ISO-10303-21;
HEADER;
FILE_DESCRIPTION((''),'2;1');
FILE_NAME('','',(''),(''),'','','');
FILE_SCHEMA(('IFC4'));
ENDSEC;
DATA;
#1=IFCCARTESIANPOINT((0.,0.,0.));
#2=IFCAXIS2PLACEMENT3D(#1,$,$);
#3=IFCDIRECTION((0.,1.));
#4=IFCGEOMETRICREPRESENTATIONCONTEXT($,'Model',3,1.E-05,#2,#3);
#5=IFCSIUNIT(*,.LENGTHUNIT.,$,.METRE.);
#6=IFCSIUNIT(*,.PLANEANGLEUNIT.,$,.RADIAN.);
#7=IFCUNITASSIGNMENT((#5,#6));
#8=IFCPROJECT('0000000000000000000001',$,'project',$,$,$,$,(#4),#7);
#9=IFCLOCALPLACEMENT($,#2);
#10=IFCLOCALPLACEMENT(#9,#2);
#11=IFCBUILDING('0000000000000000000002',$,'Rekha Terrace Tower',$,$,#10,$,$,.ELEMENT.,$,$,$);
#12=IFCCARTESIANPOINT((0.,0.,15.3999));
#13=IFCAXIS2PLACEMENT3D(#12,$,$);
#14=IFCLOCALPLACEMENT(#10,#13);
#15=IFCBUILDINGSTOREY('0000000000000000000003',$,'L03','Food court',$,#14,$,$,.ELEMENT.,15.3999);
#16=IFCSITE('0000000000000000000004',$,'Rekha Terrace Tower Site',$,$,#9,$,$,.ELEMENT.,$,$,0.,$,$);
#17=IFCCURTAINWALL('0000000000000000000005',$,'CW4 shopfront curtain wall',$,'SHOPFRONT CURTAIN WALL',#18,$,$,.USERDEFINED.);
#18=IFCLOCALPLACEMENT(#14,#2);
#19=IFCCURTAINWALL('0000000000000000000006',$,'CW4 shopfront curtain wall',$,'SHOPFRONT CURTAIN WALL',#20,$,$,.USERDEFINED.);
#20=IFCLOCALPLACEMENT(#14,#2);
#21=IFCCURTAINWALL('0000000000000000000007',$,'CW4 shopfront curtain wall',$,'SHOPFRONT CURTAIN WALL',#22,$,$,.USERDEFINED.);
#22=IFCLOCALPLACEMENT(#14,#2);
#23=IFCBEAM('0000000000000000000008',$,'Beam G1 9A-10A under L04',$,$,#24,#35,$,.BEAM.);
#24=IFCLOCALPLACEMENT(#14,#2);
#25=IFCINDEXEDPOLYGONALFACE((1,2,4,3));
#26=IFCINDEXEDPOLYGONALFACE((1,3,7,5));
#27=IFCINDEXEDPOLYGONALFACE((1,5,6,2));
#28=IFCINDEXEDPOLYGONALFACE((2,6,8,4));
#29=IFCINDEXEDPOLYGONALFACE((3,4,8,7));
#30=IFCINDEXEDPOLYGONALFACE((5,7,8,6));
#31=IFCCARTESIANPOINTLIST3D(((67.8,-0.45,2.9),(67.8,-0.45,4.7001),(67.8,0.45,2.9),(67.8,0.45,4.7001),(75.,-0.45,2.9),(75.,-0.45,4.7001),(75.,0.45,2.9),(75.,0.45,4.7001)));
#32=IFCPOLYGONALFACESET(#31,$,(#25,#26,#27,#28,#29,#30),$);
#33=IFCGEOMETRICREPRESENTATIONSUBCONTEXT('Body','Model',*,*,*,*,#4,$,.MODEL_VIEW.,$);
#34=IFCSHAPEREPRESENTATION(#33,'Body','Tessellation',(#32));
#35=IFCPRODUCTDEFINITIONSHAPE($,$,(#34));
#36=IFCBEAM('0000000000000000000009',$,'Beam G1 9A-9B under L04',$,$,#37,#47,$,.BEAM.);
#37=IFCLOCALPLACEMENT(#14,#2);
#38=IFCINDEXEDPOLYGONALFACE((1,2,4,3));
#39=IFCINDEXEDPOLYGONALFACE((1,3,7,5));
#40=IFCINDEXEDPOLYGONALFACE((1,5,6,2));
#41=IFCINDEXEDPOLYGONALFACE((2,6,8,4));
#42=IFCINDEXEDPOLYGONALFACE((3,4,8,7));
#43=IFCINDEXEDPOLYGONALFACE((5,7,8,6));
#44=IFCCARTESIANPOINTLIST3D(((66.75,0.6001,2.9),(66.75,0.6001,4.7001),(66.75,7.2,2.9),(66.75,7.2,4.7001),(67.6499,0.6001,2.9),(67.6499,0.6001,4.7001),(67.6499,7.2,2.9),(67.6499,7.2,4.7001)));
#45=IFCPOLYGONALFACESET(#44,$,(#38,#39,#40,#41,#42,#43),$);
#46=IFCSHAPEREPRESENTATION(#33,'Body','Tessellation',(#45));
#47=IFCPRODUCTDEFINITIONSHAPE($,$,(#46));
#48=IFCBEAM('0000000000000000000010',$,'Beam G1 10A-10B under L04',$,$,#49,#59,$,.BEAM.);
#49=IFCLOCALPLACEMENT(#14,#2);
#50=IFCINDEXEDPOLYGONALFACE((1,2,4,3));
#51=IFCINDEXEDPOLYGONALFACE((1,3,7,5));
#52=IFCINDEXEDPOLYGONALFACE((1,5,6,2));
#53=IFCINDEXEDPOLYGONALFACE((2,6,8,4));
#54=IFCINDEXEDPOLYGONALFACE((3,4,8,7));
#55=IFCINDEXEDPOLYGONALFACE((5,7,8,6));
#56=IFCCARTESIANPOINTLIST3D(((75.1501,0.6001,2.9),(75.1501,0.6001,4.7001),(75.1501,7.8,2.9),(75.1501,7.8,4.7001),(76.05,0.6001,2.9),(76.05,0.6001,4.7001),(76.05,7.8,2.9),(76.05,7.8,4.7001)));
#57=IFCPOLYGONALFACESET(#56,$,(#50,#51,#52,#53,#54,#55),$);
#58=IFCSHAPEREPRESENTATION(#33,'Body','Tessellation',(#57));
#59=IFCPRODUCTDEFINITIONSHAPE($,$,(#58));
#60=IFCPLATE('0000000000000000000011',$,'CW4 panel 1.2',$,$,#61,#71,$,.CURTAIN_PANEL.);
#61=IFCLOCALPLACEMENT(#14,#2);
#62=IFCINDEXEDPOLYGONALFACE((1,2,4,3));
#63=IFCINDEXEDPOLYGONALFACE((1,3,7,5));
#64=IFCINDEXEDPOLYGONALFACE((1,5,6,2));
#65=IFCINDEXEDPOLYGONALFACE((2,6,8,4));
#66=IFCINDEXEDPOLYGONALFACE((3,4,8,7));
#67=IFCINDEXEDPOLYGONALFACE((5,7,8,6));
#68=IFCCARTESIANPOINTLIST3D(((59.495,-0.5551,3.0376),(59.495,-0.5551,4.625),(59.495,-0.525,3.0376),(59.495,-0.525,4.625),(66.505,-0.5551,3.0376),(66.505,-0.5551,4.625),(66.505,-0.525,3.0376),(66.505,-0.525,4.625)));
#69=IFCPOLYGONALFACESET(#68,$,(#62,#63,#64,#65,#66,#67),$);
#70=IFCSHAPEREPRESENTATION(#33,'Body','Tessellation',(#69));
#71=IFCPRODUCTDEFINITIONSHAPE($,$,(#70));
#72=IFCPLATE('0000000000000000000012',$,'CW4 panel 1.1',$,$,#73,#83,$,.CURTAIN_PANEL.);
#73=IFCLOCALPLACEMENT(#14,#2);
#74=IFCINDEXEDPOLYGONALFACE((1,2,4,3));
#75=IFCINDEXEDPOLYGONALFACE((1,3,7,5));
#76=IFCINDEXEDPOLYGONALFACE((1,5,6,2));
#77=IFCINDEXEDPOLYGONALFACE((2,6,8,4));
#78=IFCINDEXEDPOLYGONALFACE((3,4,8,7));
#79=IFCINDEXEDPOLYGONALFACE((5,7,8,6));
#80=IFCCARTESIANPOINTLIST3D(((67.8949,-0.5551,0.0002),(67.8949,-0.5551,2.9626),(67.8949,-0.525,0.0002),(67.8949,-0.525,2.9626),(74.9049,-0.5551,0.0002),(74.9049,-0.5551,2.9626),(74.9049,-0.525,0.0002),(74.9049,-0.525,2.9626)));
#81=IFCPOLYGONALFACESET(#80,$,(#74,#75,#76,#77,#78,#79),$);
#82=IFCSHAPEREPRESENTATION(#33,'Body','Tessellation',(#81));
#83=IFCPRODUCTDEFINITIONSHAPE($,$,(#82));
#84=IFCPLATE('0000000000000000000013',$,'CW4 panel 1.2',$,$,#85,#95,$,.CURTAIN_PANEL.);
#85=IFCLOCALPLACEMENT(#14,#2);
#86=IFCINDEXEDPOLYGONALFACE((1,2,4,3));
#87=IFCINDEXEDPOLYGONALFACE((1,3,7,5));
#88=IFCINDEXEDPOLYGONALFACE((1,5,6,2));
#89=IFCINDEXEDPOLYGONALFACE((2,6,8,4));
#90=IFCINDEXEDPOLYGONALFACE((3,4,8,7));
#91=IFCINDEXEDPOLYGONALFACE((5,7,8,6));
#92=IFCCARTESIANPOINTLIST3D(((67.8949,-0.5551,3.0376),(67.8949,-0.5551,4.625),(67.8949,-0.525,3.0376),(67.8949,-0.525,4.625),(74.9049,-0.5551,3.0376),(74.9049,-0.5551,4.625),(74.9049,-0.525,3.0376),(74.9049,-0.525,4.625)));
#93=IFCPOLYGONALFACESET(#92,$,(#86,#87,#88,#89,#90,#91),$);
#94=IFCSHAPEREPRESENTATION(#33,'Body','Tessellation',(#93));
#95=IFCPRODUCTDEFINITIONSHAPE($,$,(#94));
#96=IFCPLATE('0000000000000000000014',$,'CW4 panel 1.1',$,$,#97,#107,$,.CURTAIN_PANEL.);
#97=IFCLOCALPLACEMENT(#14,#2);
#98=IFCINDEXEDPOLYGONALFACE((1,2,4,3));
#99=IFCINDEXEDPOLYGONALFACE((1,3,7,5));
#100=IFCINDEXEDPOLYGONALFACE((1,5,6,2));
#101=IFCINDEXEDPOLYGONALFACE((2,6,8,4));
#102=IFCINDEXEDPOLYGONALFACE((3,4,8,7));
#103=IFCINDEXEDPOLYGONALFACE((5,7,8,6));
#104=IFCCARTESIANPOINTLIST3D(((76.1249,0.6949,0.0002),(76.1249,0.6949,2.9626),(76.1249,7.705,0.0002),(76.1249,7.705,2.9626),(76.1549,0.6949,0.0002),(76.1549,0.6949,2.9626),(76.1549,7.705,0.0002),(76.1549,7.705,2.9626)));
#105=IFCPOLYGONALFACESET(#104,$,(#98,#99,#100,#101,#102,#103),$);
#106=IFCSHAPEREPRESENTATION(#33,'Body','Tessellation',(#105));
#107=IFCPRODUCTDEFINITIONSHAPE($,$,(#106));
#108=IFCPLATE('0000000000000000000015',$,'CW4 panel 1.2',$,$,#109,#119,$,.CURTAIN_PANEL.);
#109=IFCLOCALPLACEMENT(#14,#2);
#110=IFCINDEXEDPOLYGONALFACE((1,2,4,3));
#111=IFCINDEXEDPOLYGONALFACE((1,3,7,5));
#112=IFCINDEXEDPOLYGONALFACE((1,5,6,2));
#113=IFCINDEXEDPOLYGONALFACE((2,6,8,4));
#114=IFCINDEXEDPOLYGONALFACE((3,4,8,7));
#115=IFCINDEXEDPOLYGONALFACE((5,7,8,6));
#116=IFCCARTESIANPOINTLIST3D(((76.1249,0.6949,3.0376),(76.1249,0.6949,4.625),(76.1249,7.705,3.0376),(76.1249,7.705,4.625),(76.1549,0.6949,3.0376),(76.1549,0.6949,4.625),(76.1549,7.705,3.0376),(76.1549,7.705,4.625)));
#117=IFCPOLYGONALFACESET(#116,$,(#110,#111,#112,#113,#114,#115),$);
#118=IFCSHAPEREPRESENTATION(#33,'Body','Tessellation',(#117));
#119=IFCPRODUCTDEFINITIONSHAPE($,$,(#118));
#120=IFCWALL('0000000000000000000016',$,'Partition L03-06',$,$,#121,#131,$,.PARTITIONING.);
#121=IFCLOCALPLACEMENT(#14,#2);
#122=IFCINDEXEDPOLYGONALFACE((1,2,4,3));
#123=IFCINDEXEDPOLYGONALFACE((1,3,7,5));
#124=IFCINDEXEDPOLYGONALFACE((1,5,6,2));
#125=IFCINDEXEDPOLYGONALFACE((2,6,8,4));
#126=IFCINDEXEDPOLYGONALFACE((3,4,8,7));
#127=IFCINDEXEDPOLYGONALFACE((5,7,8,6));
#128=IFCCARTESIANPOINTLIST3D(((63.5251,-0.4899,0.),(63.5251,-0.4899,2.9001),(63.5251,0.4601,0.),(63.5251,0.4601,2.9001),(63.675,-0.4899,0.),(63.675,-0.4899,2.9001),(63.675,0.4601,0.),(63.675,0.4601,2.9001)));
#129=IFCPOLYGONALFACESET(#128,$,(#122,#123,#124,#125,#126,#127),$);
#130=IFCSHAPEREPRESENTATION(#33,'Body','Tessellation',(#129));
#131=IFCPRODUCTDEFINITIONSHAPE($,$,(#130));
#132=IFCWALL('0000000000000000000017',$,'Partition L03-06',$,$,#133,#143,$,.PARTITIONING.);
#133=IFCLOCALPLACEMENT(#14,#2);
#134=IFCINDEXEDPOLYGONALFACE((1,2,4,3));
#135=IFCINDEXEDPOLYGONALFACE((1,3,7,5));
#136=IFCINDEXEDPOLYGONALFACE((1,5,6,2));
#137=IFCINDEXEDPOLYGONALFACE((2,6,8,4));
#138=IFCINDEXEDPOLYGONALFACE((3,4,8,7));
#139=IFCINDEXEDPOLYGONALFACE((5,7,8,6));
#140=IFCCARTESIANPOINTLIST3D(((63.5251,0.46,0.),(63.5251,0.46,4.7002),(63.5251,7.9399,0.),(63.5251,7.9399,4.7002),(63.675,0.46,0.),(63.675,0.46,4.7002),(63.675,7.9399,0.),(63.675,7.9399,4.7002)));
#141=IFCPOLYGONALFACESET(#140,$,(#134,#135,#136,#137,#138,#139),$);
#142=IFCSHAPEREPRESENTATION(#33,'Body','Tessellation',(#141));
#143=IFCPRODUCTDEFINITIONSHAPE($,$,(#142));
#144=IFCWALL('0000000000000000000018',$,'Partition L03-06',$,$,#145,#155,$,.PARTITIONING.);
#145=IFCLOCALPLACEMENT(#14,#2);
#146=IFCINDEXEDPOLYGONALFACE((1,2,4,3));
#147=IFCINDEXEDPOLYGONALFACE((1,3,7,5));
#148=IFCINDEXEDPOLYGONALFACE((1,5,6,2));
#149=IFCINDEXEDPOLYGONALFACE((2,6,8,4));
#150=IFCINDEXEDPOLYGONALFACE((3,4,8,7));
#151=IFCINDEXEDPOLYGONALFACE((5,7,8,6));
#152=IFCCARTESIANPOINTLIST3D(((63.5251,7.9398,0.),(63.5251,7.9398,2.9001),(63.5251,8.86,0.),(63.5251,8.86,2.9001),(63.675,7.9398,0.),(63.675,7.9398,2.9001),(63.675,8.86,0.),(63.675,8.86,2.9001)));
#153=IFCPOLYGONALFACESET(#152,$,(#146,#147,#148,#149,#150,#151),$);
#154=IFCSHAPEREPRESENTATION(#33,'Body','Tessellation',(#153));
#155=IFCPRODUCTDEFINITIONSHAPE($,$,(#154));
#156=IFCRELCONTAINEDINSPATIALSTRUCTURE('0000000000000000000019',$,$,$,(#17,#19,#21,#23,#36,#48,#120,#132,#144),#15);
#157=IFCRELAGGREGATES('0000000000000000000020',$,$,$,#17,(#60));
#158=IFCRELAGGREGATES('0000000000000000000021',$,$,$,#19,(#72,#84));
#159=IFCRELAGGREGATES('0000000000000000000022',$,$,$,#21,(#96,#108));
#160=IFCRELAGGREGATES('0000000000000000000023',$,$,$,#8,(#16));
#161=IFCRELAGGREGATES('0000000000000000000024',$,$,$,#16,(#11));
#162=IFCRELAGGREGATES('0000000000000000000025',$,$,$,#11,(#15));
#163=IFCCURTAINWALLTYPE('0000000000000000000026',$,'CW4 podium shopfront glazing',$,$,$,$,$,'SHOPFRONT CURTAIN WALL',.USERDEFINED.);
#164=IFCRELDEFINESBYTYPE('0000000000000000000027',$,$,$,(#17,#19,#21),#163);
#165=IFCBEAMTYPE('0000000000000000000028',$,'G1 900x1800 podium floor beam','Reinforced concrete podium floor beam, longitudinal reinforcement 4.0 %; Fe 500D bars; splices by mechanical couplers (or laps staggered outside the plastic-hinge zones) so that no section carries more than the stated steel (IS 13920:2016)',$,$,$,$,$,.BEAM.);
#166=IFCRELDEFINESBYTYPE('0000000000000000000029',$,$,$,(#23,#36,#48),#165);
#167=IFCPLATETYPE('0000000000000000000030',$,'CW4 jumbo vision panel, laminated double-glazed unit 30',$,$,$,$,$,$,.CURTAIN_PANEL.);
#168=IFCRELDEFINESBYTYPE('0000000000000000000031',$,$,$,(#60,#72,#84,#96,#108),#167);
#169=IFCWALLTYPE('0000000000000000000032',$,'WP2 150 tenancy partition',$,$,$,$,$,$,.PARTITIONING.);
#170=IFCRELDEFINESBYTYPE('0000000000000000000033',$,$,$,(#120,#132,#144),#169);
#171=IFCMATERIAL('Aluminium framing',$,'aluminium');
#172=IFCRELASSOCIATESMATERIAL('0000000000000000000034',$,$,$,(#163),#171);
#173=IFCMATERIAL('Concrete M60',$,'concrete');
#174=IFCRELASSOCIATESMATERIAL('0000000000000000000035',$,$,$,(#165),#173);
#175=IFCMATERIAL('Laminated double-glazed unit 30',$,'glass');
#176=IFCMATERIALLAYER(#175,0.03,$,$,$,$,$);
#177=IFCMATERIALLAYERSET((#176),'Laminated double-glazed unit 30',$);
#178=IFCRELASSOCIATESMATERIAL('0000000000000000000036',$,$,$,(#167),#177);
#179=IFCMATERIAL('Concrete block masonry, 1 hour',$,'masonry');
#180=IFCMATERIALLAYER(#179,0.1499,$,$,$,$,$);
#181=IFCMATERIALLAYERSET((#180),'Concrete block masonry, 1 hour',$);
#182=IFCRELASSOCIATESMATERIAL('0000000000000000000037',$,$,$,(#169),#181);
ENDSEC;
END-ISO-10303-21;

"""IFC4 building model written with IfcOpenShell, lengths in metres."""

from ifc_helpers import new_model, si_unit, direction, frame, frame_2d, origin, origin_2d, place, context, subcontext, project, spatial, rectangle, extrude, material, layer, layer_set, material_profile, profile_set, type_object, element, aggregate, save


model = new_model("IFC4")

# Units and contexts
model_context = context("Model", 3, precision=1e-05, world=origin(), true_north=direction((0.0, 1.0)))
body_context = subcontext(model_context, "Body", "Model", "MODEL_VIEW")
ifc_project = project(units=[si_unit("LENGTHUNIT", "METRE"), si_unit("PLANEANGLEUNIT", "RADIAN")], contexts=[model_context])

# Site, building, storey
site_placement = place(None, origin())
site = spatial("IfcSite", under=ifc_project, at=site_placement, Name="Rekha Terrace Tower Site", CompositionType="ELEMENT", RefElevation=0.0)
building_placement = place(site_placement, origin())
building = spatial("IfcBuilding", under=site, at=building_placement, Name="Rekha Terrace Tower", CompositionType="ELEMENT")
storey_placement = place(building_placement, frame((0.0, 0.0, 15.3999)))
storey = spatial("IfcBuildingStorey", under=building, at=storey_placement, Name="L03", Description="Food court", CompositionType="ELEMENT", Elevation=15.3999)

# Shared definitions
ifc_material_1 = material(Name="Concrete M60", Category="concrete")

# Curtain wall
ifc_material_2 = material(Name="Aluminium framing", Category="aluminium")
curtain_wall_type = type_object("IfcCurtainWallType", Name="CW4 podium shopfront glazing", ElementType="SHOPFRONT CURTAIN WALL", PredefinedType="USERDEFINED", material=ifc_material_2)
curtain_wall_1_placement = place(storey_placement, origin())
curtain_wall_1 = element("IfcCurtainWall", 1, at=curtain_wall_1_placement, inside=storey, type_object=curtain_wall_type, Name="CW4 shopfront curtain wall", ObjectType="SHOPFRONT CURTAIN WALL", PredefinedType="USERDEFINED")

# Curtain walls
curtain_wall_2_placement = place(storey_placement, origin())
curtain_wall_2 = element("IfcCurtainWall", 2, at=curtain_wall_2_placement, inside=storey, type_object=curtain_wall_type, Name="CW4 shopfront curtain wall", ObjectType="SHOPFRONT CURTAIN WALL", PredefinedType="USERDEFINED")
curtain_wall_3_placement = place(storey_placement, origin())
curtain_wall_3 = element("IfcCurtainWall", 3, at=curtain_wall_3_placement, inside=storey, type_object=curtain_wall_type, Name="CW4 shopfront curtain wall", ObjectType="SHOPFRONT CURTAIN WALL", PredefinedType="USERDEFINED")

# Beams
ifc_material_profile_1 = material_profile(ifc_material_1, rectangle(XDim=0.8999, YDim=1.8, at=origin_2d()), Name="RC 900x1800")
ifc_profile_set_1 = profile_set([ifc_material_profile_1], Name="Concrete M60")
beam_type = type_object("IfcBeamType", Name="G1 900x1800 podium floor beam", Description="Reinforced concrete podium floor beam, longitudinal reinforcement 4.0 %; Fe 500D bars; splices by mechanical couplers (or laps staggered outside the plastic-hinge zones) so that no section carries more than the stated steel (IS 13920:2016)", PredefinedType="BEAM", material=ifc_profile_set_1)
beam_1_placement = place(storey_placement, frame((67.8, 0.0, 3.8), z_axis=(1.0, 0.0, 0.0), x_axis=(0.0, 1.0, 0.0)))
element("IfcBeam", 4, at=beam_1_placement, inside=storey, type_object=beam_type, Name="Beam G1 9A-10A under L04", PredefinedType="BEAM", context=body_context, shape_type="SweptSolid", body=[
    extrude(rectangle(XDim=0.8999, YDim=1.8, at=origin_2d()), origin(), (0.0, 0.0, 1.0), 7.2),
])
beam_2_placement = place(storey_placement, frame((67.2, 0.6001, 3.8), z_axis=(0.0, 1.0, 0.0), x_axis=(-1.0, 0.0, 0.0)))
element("IfcBeam", 5, at=beam_2_placement, inside=storey, type_object=beam_type, Name="Beam G1 9A-9B under L04", PredefinedType="BEAM", context=body_context, shape_type="SweptSolid", body=[
    extrude(rectangle(XDim=0.8999, YDim=1.8, at=origin_2d()), origin(), (0.0, 0.0, 1.0), 6.5999),
])
beam_3_placement = place(storey_placement, frame((75.6001, 0.6001, 3.8), z_axis=(0.0, 1.0, 0.0), x_axis=(-1.0, 0.0, 0.0)))
element("IfcBeam", 6, at=beam_3_placement, inside=storey, type_object=beam_type, Name="Beam G1 10A-10B under L04", PredefinedType="BEAM", context=body_context, shape_type="SweptSolid", body=[
    extrude(rectangle(XDim=0.8999, YDim=1.8, at=origin_2d()), origin(), (0.0, 0.0, 1.0), 7.2),
])

# Plates
ifc_material_3 = material(Name="Laminated double-glazed unit 30", Category="glass")
ifc_layer_1 = layer(ifc_material_3, 0.03)
ifc_layer_set_1 = layer_set([ifc_layer_1], Name="Laminated double-glazed unit 30")
plate_type = type_object("IfcPlateType", Name="CW4 jumbo vision panel, laminated double-glazed unit 30", PredefinedType="CURTAIN_PANEL", material=ifc_layer_set_1)
plate_1_placement = place(storey_placement, frame((63.0, -0.54, 3.0376), z_axis=(0.0, 0.0, 1.0), x_axis=(1.0, 0.0, 0.0)))
plate_1 = element("IfcPlate", 7, at=plate_1_placement, type_object=plate_type, Name="CW4 panel 1.2", PredefinedType="CURTAIN_PANEL", context=body_context, shape_type="SweptSolid", body=[
    extrude(rectangle(XDim=7.01, YDim=0.03, at=origin_2d()), origin(), (0.0, 0.0, 1.0), 1.5874),
])
aggregate(curtain_wall_1, [plate_1])
plate_2_placement = place(storey_placement, frame((71.3999, -0.54, 0.0002), z_axis=(0.0, 0.0, 1.0), x_axis=(1.0, 0.0, 0.0)))
plate_2 = element("IfcPlate", 8, at=plate_2_placement, type_object=plate_type, Name="CW4 panel 1.1", PredefinedType="CURTAIN_PANEL", context=body_context, shape_type="SweptSolid", body=[
    extrude(rectangle(XDim=7.01, YDim=0.03, at=origin_2d()), origin(), (0.0, 0.0, 1.0), 2.9624),
])
plate_3_placement = place(storey_placement, frame((71.3999, -0.54, 3.0376), z_axis=(0.0, 0.0, 1.0), x_axis=(1.0, 0.0, 0.0)))
plate_3 = element("IfcPlate", 9, at=plate_3_placement, type_object=plate_type, Name="CW4 panel 1.2", PredefinedType="CURTAIN_PANEL", context=body_context, shape_type="SweptSolid", body=[
    extrude(rectangle(XDim=7.01, YDim=0.03, at=origin_2d()), origin(), (0.0, 0.0, 1.0), 1.5874),
])
aggregate(curtain_wall_2, [plate_2, plate_3])
plate_4_placement = place(storey_placement, frame((76.1399, 4.2, 0.0002), z_axis=(0.0, 0.0, 1.0), x_axis=(0.0, 1.0, 0.0)))
plate_4 = element("IfcPlate", 10, at=plate_4_placement, type_object=plate_type, Name="CW4 panel 1.1", PredefinedType="CURTAIN_PANEL", context=body_context, shape_type="SweptSolid", body=[
    extrude(rectangle(XDim=7.01, YDim=0.03, at=origin_2d()), origin(), (0.0, 0.0, 1.0), 2.9624),
])
plate_5_placement = place(storey_placement, frame((76.1399, 4.2, 3.0376), z_axis=(0.0, 0.0, 1.0), x_axis=(0.0, 1.0, 0.0)))
plate_5 = element("IfcPlate", 11, at=plate_5_placement, type_object=plate_type, Name="CW4 panel 1.2", PredefinedType="CURTAIN_PANEL", context=body_context, shape_type="SweptSolid", body=[
    extrude(rectangle(XDim=7.01, YDim=0.03, at=origin_2d()), origin(), (0.0, 0.0, 1.0), 1.5874),
])
aggregate(curtain_wall_3, [plate_4, plate_5])

# Walls
ifc_material_4 = material(Name="Concrete block masonry, 1 hour", Category="masonry")
ifc_layer_2 = layer(ifc_material_4, 0.1499)
ifc_layer_set_2 = layer_set([ifc_layer_2], Name="Concrete block masonry, 1 hour")
wall_type = type_object("IfcWallType", Name="WP2 150 tenancy partition", PredefinedType="PARTITIONING", material=ifc_layer_set_2)
wall_1_placement = place(storey_placement, frame((63.6001, -0.49, 0.0), z_axis=(0.0, 0.0, 1.0), x_axis=(0.0, 1.0, 0.0)))
element("IfcWall", 12, at=wall_1_placement, inside=storey, type_object=wall_type, Name="Partition L03-06", PredefinedType="PARTITIONING", context=body_context, shape_type="SweptSolid", body=[
    extrude(rectangle(XDim=0.95, YDim=0.1499, at=frame_2d((0.4751, 0.0))), origin(), (0.0, 0.0, 1.0), 2.9001),
])
wall_2_placement = place(storey_placement, frame((63.6001, 0.46, 0.0), z_axis=(0.0, 0.0, 1.0), x_axis=(0.0, 1.0, 0.0)))
element("IfcWall", 13, at=wall_2_placement, inside=storey, type_object=wall_type, Name="Partition L03-06", PredefinedType="PARTITIONING", context=body_context, shape_type="SweptSolid", body=[
    extrude(rectangle(XDim=7.48, YDim=0.1499, at=frame_2d((3.74, 0.0))), origin(), (0.0, 0.0, 1.0), 4.7002),
])
wall_3_placement = place(storey_placement, frame((63.6001, 7.9399, 0.0), z_axis=(0.0, 0.0, 1.0), x_axis=(0.0, 1.0, 0.0)))
element("IfcWall", 14, at=wall_3_placement, inside=storey, type_object=wall_type, Name="Partition L03-06", PredefinedType="PARTITIONING", context=body_context, shape_type="SweptSolid", body=[
    extrude(rectangle(XDim=0.9202, YDim=0.1499, at=frame_2d((0.46, 0.0))), origin(), (0.0, 0.0, 1.0), 2.9001),
])

save(model, "model.ifc")
